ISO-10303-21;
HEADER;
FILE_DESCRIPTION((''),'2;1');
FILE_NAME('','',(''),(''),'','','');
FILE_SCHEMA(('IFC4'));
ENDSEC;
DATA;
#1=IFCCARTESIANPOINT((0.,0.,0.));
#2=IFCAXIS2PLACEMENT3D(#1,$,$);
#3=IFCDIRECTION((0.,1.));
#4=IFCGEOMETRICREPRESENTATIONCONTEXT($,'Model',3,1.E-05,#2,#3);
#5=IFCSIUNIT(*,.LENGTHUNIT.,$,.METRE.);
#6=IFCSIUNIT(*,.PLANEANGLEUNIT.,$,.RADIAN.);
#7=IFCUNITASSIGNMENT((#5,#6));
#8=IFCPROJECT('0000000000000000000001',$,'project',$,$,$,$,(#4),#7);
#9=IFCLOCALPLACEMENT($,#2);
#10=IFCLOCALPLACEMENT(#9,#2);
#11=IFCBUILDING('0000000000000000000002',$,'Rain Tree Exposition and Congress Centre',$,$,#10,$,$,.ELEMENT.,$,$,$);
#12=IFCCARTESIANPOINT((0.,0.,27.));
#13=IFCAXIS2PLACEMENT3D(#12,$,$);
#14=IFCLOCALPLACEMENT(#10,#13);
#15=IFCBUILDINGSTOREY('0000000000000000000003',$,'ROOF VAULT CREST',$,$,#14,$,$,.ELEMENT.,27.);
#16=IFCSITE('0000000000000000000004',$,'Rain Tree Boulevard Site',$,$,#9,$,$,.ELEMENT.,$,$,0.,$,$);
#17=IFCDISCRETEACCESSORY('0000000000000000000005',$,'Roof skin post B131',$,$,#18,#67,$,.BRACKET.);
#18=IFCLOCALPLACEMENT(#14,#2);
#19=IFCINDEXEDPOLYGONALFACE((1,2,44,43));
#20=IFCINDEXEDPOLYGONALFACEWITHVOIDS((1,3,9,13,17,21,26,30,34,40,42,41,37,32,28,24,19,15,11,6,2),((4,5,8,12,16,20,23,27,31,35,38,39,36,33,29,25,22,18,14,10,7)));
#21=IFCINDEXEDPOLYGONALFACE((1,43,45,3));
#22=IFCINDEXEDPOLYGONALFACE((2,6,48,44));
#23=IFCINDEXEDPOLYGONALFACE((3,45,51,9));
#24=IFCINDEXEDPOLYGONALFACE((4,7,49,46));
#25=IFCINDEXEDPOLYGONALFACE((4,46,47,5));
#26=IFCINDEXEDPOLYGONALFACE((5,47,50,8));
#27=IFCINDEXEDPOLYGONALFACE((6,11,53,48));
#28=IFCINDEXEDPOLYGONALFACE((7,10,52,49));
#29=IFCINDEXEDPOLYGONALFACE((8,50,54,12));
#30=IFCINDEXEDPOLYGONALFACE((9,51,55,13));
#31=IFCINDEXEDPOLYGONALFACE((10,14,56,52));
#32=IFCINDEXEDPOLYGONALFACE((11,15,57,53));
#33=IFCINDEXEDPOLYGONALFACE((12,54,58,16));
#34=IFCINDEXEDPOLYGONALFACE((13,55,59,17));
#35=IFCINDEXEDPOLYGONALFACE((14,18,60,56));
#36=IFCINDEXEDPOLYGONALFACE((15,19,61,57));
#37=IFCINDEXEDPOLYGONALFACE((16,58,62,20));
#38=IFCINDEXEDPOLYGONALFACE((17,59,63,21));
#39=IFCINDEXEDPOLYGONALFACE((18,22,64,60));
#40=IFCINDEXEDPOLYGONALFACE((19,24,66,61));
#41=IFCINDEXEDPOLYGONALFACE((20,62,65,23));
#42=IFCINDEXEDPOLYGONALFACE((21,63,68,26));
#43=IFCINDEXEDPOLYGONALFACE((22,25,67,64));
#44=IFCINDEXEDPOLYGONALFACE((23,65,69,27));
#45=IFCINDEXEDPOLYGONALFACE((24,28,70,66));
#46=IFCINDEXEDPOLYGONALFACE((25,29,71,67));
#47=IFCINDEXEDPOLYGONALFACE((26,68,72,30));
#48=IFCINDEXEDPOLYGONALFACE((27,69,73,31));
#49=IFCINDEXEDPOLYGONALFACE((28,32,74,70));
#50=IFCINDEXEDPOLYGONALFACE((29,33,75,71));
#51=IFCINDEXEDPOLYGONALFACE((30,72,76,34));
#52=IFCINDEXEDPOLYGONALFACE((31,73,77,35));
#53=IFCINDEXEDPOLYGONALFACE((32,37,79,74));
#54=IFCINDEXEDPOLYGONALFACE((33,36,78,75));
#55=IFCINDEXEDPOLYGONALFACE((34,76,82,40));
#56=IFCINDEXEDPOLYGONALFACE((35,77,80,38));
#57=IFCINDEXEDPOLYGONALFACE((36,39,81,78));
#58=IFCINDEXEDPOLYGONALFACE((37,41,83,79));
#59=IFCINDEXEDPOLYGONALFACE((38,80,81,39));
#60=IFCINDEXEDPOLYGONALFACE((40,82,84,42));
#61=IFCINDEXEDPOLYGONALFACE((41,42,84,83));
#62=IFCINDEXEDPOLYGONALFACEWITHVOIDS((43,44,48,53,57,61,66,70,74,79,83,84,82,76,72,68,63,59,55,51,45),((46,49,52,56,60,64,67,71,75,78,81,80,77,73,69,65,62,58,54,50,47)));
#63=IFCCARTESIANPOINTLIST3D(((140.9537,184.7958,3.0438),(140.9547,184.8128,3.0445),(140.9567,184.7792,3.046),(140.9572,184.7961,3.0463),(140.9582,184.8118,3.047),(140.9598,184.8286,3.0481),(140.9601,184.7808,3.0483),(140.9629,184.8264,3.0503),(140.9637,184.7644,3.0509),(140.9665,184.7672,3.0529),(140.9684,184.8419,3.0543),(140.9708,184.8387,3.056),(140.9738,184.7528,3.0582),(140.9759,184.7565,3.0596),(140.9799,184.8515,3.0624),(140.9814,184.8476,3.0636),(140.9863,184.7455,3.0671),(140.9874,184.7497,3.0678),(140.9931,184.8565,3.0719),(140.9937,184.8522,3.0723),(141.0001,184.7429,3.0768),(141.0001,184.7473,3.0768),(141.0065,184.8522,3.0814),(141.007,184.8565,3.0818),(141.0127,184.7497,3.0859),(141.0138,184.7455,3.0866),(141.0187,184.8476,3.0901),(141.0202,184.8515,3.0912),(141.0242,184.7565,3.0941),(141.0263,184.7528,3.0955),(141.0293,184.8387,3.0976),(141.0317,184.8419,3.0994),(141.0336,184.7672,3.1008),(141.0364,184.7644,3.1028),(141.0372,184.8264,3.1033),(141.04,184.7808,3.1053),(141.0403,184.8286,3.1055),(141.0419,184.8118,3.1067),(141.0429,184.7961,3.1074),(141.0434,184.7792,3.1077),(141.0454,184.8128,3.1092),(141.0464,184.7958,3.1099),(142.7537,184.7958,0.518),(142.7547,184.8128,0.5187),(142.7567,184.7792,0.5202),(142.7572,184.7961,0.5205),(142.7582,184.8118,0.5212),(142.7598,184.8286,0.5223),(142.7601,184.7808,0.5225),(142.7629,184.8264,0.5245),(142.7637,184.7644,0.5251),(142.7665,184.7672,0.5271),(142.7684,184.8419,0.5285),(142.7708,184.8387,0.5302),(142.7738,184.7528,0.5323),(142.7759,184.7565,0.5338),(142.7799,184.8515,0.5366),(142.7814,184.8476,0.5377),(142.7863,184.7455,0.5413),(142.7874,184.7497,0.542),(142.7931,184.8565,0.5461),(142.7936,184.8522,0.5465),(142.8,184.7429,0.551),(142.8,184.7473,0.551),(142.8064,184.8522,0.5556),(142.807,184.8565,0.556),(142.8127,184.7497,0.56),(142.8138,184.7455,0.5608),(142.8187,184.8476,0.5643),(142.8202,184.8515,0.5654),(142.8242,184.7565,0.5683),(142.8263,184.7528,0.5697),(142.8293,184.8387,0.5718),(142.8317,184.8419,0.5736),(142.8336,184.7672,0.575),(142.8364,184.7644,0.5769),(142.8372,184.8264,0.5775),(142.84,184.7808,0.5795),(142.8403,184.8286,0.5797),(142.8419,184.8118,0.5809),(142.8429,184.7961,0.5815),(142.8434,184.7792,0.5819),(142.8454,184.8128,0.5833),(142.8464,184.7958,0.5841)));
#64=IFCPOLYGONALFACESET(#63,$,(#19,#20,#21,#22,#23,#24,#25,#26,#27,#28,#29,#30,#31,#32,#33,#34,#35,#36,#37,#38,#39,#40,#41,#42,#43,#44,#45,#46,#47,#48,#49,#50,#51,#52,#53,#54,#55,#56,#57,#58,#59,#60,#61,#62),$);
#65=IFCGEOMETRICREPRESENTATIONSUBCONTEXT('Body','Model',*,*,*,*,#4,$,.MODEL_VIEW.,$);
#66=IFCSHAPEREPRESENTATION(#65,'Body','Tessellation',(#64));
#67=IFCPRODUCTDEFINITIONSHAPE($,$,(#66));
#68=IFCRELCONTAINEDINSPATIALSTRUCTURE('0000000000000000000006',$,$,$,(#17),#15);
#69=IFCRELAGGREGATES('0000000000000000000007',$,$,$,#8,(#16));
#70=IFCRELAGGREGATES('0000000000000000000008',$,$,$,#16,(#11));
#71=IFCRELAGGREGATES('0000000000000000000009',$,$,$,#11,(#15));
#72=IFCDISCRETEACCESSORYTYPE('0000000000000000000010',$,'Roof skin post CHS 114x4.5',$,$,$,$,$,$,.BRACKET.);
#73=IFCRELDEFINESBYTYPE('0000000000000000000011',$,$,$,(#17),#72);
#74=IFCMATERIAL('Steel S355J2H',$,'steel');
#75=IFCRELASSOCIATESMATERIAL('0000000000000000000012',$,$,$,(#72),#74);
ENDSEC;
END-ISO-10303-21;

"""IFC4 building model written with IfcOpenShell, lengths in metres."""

from ifc_helpers import new_model, si_unit, direction, frame, origin, origin_2d, place, context, subcontext, project, spatial, hollow_circle, extrude, material, material_profile, profile_set, type_object, element, save


model = new_model("IFC4")

# Units and contexts
model_context = context("Model", 3, precision=1e-05, world=origin(), true_north=direction((0.0, 1.0)))
body_context = subcontext(model_context, "Body", "Model", "MODEL_VIEW")
ifc_project = project(units=[si_unit("LENGTHUNIT", "METRE"), si_unit("PLANEANGLEUNIT", "RADIAN")], contexts=[model_context])

# Site, building, storey
site_placement = place(None, origin())
site = spatial("IfcSite", under=ifc_project, at=site_placement, Name="Rain Tree Boulevard Site", CompositionType="ELEMENT", RefElevation=0.0)
building_placement = place(site_placement, origin())
building = spatial("IfcBuilding", under=site, at=building_placement, Name="Rain Tree Exposition and Congress Centre", CompositionType="ELEMENT")
storey_placement = place(building_placement, frame((0.0, 0.0, 27.0)))
storey = spatial("IfcBuildingStorey", under=building, at=storey_placement, Name="ROOF VAULT CREST", CompositionType="ELEMENT", Elevation=27.0)

# Discrete accessory
ifc_material_1 = material(Name="Steel S355J2H", Category="steel")
ifc_material_profile_1 = material_profile(ifc_material_1, hollow_circle(Radius=0.0571, WallThickness=0.0044, at=origin_2d()), Name="CHS 114x4.5")
ifc_profile_set_1 = profile_set([ifc_material_profile_1], Name="Steel S355J2H")
discrete_accessory_type_1 = type_object("IfcDiscreteAccessoryType", Name="Roof skin post CHS 114x4.5", PredefinedType="BRACKET", material=ifc_profile_set_1)
discrete_accessory_1_placement = place(storey_placement, frame((142.8, 184.8, 0.551), z_axis=(-0.580352, 0.0, 0.814366), x_axis=(0.0, -1.0, 0.0)))
element("IfcDiscreteAccessory", 1, at=discrete_accessory_1_placement, inside=storey, type_object=discrete_accessory_type_1, Name="Roof skin post B131", PredefinedType="BRACKET", context=body_context, shape_type="SweptSolid", body=[
    extrude(hollow_circle(Radius=0.0571, WallThickness=0.0044, at=origin_2d()), origin(), (0.0, 0.0, 1.0), 3.1016),
])

save(model, "model.ifc")
